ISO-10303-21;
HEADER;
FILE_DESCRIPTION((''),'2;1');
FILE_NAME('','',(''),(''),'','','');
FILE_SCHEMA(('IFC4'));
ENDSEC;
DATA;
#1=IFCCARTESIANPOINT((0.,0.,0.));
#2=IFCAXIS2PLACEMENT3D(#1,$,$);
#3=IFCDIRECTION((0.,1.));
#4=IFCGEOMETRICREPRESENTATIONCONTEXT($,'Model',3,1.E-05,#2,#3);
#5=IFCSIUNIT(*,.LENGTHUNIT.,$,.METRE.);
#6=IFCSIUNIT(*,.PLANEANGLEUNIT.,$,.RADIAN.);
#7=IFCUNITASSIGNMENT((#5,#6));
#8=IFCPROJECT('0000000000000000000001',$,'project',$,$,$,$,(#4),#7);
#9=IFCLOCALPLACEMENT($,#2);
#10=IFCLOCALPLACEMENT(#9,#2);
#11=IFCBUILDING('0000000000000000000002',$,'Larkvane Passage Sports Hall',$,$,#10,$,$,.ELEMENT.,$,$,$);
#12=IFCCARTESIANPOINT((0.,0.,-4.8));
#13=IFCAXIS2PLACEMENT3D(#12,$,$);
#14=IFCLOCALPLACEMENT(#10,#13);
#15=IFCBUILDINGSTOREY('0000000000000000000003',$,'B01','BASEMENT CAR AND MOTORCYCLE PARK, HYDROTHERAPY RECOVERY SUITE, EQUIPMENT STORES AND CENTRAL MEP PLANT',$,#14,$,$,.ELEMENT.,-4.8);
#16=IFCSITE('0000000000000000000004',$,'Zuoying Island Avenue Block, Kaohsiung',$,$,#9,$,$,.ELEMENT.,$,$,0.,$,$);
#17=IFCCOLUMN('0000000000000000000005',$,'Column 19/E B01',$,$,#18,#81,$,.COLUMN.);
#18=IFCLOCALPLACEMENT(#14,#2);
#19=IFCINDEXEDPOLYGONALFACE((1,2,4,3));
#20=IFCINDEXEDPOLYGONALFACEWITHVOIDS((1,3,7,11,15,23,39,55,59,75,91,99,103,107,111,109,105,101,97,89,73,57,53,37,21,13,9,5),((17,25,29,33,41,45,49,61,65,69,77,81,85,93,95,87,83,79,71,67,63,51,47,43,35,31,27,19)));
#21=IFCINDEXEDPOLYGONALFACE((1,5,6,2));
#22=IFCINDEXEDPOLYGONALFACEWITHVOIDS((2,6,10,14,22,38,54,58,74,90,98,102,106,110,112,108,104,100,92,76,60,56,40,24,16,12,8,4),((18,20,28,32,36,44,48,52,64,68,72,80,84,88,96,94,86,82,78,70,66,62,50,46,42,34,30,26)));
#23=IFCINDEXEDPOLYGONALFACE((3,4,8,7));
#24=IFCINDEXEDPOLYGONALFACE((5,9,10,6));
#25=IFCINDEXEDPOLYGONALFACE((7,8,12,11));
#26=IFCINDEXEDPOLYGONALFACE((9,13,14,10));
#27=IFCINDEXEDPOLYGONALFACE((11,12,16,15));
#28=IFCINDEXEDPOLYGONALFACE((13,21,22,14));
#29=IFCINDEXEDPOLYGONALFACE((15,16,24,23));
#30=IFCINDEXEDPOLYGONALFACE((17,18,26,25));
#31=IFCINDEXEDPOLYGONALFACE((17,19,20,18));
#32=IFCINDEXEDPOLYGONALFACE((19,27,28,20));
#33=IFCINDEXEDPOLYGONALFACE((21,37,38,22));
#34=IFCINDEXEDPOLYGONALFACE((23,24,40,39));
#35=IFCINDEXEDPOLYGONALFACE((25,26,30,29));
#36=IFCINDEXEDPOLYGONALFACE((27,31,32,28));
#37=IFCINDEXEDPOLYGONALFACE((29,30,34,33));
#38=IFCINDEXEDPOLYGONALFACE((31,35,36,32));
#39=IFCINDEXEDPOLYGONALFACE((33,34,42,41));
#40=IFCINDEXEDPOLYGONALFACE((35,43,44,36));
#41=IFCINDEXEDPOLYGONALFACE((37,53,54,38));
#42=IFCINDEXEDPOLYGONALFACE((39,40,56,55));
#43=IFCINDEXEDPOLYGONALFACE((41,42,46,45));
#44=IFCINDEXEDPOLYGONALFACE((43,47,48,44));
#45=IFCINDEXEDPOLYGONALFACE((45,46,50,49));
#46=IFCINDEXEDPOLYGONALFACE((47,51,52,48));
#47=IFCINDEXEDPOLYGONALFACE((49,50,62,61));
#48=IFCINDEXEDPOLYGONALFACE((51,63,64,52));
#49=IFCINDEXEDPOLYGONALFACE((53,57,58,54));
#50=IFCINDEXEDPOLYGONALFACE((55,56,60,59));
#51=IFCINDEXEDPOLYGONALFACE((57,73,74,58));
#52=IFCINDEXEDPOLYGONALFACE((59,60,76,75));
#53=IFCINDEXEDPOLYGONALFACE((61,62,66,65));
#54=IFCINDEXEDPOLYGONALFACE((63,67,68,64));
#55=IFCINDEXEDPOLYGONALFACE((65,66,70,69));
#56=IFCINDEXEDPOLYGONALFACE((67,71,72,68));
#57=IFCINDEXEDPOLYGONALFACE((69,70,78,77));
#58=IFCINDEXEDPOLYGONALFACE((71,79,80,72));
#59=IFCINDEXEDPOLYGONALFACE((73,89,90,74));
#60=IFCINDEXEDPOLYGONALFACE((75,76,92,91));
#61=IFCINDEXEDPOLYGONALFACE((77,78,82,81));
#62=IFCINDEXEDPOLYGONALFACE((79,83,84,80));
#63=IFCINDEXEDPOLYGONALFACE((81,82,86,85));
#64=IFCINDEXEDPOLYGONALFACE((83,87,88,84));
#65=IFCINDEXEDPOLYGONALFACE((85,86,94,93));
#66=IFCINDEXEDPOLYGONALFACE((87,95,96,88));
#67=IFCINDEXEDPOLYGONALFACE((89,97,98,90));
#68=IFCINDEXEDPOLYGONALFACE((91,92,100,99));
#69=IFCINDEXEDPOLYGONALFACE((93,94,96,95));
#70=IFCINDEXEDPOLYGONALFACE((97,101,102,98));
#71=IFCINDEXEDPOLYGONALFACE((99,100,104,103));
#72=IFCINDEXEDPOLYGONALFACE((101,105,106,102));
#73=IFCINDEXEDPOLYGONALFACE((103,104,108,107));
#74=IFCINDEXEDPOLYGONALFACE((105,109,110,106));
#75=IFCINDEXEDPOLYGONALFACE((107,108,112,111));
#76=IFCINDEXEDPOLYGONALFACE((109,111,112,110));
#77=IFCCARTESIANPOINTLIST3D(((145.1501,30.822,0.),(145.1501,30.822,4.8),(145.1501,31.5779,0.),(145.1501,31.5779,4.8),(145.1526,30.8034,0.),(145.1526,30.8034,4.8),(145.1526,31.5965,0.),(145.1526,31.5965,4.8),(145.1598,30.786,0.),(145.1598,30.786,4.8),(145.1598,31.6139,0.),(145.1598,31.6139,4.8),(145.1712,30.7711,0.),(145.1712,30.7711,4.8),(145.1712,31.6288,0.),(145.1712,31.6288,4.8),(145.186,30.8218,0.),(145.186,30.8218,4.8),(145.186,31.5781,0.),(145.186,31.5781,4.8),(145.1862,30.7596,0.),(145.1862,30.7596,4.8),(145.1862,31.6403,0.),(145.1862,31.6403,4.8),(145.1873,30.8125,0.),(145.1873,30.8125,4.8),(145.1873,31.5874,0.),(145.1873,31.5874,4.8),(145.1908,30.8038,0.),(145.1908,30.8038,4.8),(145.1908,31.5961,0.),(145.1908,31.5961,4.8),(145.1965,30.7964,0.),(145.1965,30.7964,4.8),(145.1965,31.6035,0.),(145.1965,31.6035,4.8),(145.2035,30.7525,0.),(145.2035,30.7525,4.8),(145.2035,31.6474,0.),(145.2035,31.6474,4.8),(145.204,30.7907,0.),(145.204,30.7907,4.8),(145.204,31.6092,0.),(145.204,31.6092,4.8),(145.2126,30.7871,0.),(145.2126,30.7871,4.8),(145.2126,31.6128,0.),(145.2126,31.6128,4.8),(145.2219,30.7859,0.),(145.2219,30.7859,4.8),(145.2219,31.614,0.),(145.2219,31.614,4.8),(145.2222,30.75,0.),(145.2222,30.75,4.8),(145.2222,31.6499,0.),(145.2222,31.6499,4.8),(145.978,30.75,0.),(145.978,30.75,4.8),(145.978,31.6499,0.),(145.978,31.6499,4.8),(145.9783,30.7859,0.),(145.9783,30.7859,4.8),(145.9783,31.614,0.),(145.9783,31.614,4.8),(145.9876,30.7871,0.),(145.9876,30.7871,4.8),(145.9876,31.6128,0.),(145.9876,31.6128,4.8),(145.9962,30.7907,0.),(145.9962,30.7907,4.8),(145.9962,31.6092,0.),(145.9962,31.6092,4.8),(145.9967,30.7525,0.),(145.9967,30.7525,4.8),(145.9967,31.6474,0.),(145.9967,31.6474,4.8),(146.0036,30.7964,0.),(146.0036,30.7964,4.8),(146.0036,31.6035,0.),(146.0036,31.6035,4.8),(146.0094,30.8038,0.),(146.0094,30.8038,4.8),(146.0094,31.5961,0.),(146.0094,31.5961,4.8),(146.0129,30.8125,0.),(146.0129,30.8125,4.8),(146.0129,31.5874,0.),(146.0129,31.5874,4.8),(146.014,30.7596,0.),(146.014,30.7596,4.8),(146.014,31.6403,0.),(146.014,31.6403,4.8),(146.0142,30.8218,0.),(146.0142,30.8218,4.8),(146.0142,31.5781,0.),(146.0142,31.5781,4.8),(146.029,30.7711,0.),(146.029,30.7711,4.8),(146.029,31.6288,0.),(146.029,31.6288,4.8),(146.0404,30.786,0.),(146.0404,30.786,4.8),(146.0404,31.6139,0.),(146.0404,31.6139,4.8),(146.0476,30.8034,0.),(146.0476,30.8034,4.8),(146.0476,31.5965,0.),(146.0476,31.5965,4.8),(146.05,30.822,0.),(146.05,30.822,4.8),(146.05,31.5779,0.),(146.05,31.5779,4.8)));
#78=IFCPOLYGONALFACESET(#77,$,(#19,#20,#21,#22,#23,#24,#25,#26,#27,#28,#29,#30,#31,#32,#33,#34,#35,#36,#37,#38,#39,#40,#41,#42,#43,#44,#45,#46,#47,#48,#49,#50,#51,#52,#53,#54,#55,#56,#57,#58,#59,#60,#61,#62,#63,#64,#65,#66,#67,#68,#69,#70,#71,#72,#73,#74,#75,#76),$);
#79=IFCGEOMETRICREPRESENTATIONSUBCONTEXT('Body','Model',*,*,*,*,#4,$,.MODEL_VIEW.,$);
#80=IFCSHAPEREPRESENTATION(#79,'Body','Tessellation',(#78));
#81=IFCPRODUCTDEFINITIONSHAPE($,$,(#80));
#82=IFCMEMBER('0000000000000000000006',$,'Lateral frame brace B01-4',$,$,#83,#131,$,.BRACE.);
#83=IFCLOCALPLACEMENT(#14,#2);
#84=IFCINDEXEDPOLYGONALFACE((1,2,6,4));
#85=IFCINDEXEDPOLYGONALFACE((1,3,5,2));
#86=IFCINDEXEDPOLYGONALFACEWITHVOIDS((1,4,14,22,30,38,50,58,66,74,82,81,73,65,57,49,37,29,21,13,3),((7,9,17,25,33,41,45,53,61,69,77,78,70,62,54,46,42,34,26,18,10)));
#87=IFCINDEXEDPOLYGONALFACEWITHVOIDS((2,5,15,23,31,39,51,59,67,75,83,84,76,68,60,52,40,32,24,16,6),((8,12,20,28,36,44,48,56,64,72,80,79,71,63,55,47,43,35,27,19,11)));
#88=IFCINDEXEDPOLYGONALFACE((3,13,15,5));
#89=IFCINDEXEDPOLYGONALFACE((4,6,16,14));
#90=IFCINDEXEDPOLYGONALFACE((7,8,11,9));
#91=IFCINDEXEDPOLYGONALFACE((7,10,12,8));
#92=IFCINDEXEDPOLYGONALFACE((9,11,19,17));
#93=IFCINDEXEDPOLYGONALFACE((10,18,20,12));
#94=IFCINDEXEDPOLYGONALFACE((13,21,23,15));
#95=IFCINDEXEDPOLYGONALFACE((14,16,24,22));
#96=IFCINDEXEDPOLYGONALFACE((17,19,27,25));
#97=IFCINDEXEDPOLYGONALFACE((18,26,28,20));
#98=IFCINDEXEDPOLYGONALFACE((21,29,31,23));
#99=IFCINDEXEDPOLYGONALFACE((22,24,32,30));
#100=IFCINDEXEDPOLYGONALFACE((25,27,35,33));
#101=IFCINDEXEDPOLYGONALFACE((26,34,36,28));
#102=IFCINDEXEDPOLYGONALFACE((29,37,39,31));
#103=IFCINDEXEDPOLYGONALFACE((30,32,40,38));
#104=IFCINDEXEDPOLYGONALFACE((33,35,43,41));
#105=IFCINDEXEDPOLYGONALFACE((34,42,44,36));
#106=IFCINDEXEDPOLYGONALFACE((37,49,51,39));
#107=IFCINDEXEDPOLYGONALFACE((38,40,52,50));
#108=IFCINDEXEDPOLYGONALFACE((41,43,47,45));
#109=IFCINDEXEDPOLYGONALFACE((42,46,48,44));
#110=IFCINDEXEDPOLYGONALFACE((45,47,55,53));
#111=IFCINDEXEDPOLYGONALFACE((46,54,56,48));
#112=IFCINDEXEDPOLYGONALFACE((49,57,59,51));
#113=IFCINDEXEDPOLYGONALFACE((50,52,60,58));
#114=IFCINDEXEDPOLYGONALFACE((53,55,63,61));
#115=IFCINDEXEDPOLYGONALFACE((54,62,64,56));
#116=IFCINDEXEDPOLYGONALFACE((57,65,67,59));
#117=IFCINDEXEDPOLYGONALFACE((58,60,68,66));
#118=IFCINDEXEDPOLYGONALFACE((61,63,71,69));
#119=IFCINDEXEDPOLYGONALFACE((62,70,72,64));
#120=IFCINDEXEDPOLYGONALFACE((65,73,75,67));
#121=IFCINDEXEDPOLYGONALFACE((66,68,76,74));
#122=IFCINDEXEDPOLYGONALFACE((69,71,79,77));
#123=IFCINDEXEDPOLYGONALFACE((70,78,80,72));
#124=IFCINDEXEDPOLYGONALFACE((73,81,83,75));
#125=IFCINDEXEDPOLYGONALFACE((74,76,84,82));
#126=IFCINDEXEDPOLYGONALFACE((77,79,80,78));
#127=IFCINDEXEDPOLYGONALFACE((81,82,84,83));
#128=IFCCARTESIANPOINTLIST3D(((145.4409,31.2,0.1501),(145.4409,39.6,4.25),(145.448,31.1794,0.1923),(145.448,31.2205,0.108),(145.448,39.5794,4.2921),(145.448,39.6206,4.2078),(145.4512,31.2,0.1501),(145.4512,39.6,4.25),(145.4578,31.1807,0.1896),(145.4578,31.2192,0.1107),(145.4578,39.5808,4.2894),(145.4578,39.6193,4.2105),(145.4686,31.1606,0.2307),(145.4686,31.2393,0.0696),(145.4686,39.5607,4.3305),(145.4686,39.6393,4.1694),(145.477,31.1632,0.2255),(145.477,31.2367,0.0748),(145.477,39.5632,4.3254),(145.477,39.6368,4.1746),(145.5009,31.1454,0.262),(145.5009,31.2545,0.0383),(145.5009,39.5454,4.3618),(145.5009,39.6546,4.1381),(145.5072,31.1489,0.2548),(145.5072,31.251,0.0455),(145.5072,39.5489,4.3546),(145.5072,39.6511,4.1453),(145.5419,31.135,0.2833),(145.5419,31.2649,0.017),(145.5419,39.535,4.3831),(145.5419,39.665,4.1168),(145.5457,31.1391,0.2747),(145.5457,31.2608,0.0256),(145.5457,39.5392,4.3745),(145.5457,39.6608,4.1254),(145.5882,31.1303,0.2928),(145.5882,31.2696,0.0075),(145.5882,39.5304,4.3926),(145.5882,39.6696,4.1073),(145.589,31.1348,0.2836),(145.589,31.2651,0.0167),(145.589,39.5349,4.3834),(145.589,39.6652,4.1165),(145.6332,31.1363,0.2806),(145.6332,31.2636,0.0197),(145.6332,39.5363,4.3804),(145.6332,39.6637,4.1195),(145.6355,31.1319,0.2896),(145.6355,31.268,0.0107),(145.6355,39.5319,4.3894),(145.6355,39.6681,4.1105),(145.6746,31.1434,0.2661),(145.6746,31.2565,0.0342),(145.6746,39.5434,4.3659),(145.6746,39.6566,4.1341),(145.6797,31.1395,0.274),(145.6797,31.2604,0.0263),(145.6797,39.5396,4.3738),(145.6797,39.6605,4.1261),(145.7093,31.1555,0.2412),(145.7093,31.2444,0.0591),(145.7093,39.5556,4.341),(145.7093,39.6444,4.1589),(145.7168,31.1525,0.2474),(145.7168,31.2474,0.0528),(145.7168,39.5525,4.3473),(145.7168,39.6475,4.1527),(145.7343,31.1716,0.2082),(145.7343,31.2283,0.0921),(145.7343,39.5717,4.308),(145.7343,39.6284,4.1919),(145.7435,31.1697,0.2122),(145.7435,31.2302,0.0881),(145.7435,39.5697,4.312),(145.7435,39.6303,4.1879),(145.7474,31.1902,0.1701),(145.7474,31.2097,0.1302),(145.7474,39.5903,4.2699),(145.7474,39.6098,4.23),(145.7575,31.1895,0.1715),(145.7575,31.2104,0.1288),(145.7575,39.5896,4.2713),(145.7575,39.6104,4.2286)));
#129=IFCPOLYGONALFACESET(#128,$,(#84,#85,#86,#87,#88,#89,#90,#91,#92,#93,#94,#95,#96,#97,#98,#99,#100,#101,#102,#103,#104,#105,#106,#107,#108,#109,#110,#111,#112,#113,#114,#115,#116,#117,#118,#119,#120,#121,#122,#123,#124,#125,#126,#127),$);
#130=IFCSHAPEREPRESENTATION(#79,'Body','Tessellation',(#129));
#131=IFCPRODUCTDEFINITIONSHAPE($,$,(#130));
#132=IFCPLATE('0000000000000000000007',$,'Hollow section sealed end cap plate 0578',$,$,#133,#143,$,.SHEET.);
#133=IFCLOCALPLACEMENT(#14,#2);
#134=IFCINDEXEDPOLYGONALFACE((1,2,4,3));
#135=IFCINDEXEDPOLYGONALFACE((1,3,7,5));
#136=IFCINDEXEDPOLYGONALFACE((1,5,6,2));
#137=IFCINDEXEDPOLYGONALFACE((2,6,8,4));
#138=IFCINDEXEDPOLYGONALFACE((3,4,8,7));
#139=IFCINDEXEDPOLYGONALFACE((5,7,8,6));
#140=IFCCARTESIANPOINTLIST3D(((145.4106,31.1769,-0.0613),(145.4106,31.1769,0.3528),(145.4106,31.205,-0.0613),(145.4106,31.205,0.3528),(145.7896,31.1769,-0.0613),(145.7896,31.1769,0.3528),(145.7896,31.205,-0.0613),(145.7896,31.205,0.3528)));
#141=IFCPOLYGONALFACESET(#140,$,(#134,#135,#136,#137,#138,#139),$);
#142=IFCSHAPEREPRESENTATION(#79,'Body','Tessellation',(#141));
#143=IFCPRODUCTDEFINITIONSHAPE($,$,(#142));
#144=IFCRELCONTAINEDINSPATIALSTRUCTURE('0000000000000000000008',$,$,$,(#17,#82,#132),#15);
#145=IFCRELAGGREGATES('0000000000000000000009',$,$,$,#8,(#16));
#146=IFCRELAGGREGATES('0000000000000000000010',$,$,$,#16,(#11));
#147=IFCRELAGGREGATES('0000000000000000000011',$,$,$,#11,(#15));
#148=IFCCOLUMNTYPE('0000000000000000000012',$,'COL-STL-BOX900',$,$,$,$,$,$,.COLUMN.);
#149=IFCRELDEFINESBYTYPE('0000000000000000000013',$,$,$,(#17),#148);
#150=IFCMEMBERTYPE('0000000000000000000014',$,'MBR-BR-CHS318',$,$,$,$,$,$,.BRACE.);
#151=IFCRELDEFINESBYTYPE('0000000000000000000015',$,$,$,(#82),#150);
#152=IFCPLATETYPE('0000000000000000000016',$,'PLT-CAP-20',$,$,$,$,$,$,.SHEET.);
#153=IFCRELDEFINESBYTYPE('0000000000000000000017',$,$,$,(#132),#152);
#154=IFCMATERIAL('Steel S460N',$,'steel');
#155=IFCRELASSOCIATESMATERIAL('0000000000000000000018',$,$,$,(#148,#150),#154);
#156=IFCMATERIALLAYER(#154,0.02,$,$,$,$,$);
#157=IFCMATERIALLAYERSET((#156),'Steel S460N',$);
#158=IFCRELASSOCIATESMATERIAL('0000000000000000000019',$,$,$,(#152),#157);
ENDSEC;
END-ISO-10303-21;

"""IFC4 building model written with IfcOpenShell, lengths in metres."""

from ifc_helpers import new_model, si_unit, direction, frame, origin, origin_2d, place, context, subcontext, project, spatial, rectangle, hollow_rectangle, hollow_circle, extrude, material, layer, layer_set, material_profile, profile_set, type_object, element, save


model = new_model("IFC4")

# Units and contexts
model_context = context("Model", 3, precision=1e-05, world=origin(), true_north=direction((0.0, 1.0)))
body_context = subcontext(model_context, "Body", "Model", "MODEL_VIEW")
ifc_project = project(units=[si_unit("LENGTHUNIT", "METRE"), si_unit("PLANEANGLEUNIT", "RADIAN")], contexts=[model_context])

# Site, building, storey
site_placement = place(None, origin())
site = spatial("IfcSite", under=ifc_project, at=site_placement, Name="Zuoying Island Avenue Block, Kaohsiung", CompositionType="ELEMENT", RefElevation=0.0)
building_placement = place(site_placement, origin())
building = spatial("IfcBuilding", under=site, at=building_placement, Name="Larkvane Passage Sports Hall", CompositionType="ELEMENT")
storey_placement = place(building_placement, frame((0.0, 0.0, -4.8)))
storey = spatial("IfcBuildingStorey", under=building, at=storey_placement, Name="B01", Description="BASEMENT CAR AND MOTORCYCLE PARK, HYDROTHERAPY RECOVERY SUITE, EQUIPMENT STORES AND CENTRAL MEP PLANT", CompositionType="ELEMENT", Elevation=-4.8)

# Column
ifc_material_1 = material(Name="Steel S460N", Category="steel")
ifc_material_profile_1 = material_profile(ifc_material_1, hollow_rectangle(XDim=0.8999, YDim=0.8999, WallThickness=0.0359, InnerFilletRadius=0.0359, OuterFilletRadius=0.072, at=origin_2d()), Name="BOX-900x900x36")
ifc_profile_set_1 = profile_set([ifc_material_profile_1], Name="Steel S460N")
column_type_1 = type_object("IfcColumnType", Name="COL-STL-BOX900", PredefinedType="COLUMN", material=ifc_profile_set_1)
column_placement = place(storey_placement, frame((145.6001, 31.2, 0.0), z_axis=(0.0, 0.0, 1.0), x_axis=(1.0, 0.0, 0.0)))
element("IfcColumn", 1, at=column_placement, inside=storey, type_object=column_type_1, Name="Column 19/E B01", PredefinedType="COLUMN", context=body_context, shape_type="SweptSolid", body=[
    extrude(hollow_rectangle(XDim=0.8999, YDim=0.8999, WallThickness=0.0359, InnerFilletRadius=0.0359, OuterFilletRadius=0.072, at=origin_2d()), origin(), (0.0, 0.0, 1.0), 4.8),
])

# Member
ifc_material_profile_2 = material_profile(ifc_material_1, hollow_circle(Radius=0.1592, WallThickness=0.0103, at=origin_2d()), Name="CHS-318.5x10.3")
ifc_profile_set_2 = profile_set([ifc_material_profile_2], Name="Steel S460N")
member_type = type_object("IfcMemberType", Name="MBR-BR-CHS318", PredefinedType="BRACE", material=ifc_profile_set_2)
member_placement = place(storey_placement, frame((145.6001, 31.2, 0.1501), z_axis=(0.0, 0.898675, 0.438616), x_axis=(-1.0, 0.0, 0.0)))
element("IfcMember", 2, at=member_placement, inside=storey, type_object=member_type, Name="Lateral frame brace B01-4", PredefinedType="BRACE", context=body_context, shape_type="SweptSolid", body=[
    extrude(hollow_circle(Radius=0.1592, WallThickness=0.0103, at=origin_2d()), origin(), (0.0, 0.0, 1.0), 9.3472),
])

# Plate
ifc_layer = layer(ifc_material_1, 0.02)
ifc_layer_set = layer_set([ifc_layer], Name="Steel S460N")
plate_type = type_object("IfcPlateType", Name="PLT-CAP-20", PredefinedType="SHEET", material=ifc_layer_set)
plate_placement = place(storey_placement, frame((145.6001, 31.1909, -0.0613), z_axis=(0.0, 0.0, 1.0), x_axis=(-1.0, 0.0, 0.0)))
element("IfcPlate", 3, at=plate_placement, inside=storey, type_object=plate_type, Name="Hollow section sealed end cap plate 0578", PredefinedType="SHEET", context=body_context, shape_type="SweptSolid", body=[
    extrude(rectangle(XDim=0.3789, YDim=0.0281, at=origin_2d()), origin(), (0.0, 0.0, 1.0), 0.4141),
])

save(model, "model.ifc")
